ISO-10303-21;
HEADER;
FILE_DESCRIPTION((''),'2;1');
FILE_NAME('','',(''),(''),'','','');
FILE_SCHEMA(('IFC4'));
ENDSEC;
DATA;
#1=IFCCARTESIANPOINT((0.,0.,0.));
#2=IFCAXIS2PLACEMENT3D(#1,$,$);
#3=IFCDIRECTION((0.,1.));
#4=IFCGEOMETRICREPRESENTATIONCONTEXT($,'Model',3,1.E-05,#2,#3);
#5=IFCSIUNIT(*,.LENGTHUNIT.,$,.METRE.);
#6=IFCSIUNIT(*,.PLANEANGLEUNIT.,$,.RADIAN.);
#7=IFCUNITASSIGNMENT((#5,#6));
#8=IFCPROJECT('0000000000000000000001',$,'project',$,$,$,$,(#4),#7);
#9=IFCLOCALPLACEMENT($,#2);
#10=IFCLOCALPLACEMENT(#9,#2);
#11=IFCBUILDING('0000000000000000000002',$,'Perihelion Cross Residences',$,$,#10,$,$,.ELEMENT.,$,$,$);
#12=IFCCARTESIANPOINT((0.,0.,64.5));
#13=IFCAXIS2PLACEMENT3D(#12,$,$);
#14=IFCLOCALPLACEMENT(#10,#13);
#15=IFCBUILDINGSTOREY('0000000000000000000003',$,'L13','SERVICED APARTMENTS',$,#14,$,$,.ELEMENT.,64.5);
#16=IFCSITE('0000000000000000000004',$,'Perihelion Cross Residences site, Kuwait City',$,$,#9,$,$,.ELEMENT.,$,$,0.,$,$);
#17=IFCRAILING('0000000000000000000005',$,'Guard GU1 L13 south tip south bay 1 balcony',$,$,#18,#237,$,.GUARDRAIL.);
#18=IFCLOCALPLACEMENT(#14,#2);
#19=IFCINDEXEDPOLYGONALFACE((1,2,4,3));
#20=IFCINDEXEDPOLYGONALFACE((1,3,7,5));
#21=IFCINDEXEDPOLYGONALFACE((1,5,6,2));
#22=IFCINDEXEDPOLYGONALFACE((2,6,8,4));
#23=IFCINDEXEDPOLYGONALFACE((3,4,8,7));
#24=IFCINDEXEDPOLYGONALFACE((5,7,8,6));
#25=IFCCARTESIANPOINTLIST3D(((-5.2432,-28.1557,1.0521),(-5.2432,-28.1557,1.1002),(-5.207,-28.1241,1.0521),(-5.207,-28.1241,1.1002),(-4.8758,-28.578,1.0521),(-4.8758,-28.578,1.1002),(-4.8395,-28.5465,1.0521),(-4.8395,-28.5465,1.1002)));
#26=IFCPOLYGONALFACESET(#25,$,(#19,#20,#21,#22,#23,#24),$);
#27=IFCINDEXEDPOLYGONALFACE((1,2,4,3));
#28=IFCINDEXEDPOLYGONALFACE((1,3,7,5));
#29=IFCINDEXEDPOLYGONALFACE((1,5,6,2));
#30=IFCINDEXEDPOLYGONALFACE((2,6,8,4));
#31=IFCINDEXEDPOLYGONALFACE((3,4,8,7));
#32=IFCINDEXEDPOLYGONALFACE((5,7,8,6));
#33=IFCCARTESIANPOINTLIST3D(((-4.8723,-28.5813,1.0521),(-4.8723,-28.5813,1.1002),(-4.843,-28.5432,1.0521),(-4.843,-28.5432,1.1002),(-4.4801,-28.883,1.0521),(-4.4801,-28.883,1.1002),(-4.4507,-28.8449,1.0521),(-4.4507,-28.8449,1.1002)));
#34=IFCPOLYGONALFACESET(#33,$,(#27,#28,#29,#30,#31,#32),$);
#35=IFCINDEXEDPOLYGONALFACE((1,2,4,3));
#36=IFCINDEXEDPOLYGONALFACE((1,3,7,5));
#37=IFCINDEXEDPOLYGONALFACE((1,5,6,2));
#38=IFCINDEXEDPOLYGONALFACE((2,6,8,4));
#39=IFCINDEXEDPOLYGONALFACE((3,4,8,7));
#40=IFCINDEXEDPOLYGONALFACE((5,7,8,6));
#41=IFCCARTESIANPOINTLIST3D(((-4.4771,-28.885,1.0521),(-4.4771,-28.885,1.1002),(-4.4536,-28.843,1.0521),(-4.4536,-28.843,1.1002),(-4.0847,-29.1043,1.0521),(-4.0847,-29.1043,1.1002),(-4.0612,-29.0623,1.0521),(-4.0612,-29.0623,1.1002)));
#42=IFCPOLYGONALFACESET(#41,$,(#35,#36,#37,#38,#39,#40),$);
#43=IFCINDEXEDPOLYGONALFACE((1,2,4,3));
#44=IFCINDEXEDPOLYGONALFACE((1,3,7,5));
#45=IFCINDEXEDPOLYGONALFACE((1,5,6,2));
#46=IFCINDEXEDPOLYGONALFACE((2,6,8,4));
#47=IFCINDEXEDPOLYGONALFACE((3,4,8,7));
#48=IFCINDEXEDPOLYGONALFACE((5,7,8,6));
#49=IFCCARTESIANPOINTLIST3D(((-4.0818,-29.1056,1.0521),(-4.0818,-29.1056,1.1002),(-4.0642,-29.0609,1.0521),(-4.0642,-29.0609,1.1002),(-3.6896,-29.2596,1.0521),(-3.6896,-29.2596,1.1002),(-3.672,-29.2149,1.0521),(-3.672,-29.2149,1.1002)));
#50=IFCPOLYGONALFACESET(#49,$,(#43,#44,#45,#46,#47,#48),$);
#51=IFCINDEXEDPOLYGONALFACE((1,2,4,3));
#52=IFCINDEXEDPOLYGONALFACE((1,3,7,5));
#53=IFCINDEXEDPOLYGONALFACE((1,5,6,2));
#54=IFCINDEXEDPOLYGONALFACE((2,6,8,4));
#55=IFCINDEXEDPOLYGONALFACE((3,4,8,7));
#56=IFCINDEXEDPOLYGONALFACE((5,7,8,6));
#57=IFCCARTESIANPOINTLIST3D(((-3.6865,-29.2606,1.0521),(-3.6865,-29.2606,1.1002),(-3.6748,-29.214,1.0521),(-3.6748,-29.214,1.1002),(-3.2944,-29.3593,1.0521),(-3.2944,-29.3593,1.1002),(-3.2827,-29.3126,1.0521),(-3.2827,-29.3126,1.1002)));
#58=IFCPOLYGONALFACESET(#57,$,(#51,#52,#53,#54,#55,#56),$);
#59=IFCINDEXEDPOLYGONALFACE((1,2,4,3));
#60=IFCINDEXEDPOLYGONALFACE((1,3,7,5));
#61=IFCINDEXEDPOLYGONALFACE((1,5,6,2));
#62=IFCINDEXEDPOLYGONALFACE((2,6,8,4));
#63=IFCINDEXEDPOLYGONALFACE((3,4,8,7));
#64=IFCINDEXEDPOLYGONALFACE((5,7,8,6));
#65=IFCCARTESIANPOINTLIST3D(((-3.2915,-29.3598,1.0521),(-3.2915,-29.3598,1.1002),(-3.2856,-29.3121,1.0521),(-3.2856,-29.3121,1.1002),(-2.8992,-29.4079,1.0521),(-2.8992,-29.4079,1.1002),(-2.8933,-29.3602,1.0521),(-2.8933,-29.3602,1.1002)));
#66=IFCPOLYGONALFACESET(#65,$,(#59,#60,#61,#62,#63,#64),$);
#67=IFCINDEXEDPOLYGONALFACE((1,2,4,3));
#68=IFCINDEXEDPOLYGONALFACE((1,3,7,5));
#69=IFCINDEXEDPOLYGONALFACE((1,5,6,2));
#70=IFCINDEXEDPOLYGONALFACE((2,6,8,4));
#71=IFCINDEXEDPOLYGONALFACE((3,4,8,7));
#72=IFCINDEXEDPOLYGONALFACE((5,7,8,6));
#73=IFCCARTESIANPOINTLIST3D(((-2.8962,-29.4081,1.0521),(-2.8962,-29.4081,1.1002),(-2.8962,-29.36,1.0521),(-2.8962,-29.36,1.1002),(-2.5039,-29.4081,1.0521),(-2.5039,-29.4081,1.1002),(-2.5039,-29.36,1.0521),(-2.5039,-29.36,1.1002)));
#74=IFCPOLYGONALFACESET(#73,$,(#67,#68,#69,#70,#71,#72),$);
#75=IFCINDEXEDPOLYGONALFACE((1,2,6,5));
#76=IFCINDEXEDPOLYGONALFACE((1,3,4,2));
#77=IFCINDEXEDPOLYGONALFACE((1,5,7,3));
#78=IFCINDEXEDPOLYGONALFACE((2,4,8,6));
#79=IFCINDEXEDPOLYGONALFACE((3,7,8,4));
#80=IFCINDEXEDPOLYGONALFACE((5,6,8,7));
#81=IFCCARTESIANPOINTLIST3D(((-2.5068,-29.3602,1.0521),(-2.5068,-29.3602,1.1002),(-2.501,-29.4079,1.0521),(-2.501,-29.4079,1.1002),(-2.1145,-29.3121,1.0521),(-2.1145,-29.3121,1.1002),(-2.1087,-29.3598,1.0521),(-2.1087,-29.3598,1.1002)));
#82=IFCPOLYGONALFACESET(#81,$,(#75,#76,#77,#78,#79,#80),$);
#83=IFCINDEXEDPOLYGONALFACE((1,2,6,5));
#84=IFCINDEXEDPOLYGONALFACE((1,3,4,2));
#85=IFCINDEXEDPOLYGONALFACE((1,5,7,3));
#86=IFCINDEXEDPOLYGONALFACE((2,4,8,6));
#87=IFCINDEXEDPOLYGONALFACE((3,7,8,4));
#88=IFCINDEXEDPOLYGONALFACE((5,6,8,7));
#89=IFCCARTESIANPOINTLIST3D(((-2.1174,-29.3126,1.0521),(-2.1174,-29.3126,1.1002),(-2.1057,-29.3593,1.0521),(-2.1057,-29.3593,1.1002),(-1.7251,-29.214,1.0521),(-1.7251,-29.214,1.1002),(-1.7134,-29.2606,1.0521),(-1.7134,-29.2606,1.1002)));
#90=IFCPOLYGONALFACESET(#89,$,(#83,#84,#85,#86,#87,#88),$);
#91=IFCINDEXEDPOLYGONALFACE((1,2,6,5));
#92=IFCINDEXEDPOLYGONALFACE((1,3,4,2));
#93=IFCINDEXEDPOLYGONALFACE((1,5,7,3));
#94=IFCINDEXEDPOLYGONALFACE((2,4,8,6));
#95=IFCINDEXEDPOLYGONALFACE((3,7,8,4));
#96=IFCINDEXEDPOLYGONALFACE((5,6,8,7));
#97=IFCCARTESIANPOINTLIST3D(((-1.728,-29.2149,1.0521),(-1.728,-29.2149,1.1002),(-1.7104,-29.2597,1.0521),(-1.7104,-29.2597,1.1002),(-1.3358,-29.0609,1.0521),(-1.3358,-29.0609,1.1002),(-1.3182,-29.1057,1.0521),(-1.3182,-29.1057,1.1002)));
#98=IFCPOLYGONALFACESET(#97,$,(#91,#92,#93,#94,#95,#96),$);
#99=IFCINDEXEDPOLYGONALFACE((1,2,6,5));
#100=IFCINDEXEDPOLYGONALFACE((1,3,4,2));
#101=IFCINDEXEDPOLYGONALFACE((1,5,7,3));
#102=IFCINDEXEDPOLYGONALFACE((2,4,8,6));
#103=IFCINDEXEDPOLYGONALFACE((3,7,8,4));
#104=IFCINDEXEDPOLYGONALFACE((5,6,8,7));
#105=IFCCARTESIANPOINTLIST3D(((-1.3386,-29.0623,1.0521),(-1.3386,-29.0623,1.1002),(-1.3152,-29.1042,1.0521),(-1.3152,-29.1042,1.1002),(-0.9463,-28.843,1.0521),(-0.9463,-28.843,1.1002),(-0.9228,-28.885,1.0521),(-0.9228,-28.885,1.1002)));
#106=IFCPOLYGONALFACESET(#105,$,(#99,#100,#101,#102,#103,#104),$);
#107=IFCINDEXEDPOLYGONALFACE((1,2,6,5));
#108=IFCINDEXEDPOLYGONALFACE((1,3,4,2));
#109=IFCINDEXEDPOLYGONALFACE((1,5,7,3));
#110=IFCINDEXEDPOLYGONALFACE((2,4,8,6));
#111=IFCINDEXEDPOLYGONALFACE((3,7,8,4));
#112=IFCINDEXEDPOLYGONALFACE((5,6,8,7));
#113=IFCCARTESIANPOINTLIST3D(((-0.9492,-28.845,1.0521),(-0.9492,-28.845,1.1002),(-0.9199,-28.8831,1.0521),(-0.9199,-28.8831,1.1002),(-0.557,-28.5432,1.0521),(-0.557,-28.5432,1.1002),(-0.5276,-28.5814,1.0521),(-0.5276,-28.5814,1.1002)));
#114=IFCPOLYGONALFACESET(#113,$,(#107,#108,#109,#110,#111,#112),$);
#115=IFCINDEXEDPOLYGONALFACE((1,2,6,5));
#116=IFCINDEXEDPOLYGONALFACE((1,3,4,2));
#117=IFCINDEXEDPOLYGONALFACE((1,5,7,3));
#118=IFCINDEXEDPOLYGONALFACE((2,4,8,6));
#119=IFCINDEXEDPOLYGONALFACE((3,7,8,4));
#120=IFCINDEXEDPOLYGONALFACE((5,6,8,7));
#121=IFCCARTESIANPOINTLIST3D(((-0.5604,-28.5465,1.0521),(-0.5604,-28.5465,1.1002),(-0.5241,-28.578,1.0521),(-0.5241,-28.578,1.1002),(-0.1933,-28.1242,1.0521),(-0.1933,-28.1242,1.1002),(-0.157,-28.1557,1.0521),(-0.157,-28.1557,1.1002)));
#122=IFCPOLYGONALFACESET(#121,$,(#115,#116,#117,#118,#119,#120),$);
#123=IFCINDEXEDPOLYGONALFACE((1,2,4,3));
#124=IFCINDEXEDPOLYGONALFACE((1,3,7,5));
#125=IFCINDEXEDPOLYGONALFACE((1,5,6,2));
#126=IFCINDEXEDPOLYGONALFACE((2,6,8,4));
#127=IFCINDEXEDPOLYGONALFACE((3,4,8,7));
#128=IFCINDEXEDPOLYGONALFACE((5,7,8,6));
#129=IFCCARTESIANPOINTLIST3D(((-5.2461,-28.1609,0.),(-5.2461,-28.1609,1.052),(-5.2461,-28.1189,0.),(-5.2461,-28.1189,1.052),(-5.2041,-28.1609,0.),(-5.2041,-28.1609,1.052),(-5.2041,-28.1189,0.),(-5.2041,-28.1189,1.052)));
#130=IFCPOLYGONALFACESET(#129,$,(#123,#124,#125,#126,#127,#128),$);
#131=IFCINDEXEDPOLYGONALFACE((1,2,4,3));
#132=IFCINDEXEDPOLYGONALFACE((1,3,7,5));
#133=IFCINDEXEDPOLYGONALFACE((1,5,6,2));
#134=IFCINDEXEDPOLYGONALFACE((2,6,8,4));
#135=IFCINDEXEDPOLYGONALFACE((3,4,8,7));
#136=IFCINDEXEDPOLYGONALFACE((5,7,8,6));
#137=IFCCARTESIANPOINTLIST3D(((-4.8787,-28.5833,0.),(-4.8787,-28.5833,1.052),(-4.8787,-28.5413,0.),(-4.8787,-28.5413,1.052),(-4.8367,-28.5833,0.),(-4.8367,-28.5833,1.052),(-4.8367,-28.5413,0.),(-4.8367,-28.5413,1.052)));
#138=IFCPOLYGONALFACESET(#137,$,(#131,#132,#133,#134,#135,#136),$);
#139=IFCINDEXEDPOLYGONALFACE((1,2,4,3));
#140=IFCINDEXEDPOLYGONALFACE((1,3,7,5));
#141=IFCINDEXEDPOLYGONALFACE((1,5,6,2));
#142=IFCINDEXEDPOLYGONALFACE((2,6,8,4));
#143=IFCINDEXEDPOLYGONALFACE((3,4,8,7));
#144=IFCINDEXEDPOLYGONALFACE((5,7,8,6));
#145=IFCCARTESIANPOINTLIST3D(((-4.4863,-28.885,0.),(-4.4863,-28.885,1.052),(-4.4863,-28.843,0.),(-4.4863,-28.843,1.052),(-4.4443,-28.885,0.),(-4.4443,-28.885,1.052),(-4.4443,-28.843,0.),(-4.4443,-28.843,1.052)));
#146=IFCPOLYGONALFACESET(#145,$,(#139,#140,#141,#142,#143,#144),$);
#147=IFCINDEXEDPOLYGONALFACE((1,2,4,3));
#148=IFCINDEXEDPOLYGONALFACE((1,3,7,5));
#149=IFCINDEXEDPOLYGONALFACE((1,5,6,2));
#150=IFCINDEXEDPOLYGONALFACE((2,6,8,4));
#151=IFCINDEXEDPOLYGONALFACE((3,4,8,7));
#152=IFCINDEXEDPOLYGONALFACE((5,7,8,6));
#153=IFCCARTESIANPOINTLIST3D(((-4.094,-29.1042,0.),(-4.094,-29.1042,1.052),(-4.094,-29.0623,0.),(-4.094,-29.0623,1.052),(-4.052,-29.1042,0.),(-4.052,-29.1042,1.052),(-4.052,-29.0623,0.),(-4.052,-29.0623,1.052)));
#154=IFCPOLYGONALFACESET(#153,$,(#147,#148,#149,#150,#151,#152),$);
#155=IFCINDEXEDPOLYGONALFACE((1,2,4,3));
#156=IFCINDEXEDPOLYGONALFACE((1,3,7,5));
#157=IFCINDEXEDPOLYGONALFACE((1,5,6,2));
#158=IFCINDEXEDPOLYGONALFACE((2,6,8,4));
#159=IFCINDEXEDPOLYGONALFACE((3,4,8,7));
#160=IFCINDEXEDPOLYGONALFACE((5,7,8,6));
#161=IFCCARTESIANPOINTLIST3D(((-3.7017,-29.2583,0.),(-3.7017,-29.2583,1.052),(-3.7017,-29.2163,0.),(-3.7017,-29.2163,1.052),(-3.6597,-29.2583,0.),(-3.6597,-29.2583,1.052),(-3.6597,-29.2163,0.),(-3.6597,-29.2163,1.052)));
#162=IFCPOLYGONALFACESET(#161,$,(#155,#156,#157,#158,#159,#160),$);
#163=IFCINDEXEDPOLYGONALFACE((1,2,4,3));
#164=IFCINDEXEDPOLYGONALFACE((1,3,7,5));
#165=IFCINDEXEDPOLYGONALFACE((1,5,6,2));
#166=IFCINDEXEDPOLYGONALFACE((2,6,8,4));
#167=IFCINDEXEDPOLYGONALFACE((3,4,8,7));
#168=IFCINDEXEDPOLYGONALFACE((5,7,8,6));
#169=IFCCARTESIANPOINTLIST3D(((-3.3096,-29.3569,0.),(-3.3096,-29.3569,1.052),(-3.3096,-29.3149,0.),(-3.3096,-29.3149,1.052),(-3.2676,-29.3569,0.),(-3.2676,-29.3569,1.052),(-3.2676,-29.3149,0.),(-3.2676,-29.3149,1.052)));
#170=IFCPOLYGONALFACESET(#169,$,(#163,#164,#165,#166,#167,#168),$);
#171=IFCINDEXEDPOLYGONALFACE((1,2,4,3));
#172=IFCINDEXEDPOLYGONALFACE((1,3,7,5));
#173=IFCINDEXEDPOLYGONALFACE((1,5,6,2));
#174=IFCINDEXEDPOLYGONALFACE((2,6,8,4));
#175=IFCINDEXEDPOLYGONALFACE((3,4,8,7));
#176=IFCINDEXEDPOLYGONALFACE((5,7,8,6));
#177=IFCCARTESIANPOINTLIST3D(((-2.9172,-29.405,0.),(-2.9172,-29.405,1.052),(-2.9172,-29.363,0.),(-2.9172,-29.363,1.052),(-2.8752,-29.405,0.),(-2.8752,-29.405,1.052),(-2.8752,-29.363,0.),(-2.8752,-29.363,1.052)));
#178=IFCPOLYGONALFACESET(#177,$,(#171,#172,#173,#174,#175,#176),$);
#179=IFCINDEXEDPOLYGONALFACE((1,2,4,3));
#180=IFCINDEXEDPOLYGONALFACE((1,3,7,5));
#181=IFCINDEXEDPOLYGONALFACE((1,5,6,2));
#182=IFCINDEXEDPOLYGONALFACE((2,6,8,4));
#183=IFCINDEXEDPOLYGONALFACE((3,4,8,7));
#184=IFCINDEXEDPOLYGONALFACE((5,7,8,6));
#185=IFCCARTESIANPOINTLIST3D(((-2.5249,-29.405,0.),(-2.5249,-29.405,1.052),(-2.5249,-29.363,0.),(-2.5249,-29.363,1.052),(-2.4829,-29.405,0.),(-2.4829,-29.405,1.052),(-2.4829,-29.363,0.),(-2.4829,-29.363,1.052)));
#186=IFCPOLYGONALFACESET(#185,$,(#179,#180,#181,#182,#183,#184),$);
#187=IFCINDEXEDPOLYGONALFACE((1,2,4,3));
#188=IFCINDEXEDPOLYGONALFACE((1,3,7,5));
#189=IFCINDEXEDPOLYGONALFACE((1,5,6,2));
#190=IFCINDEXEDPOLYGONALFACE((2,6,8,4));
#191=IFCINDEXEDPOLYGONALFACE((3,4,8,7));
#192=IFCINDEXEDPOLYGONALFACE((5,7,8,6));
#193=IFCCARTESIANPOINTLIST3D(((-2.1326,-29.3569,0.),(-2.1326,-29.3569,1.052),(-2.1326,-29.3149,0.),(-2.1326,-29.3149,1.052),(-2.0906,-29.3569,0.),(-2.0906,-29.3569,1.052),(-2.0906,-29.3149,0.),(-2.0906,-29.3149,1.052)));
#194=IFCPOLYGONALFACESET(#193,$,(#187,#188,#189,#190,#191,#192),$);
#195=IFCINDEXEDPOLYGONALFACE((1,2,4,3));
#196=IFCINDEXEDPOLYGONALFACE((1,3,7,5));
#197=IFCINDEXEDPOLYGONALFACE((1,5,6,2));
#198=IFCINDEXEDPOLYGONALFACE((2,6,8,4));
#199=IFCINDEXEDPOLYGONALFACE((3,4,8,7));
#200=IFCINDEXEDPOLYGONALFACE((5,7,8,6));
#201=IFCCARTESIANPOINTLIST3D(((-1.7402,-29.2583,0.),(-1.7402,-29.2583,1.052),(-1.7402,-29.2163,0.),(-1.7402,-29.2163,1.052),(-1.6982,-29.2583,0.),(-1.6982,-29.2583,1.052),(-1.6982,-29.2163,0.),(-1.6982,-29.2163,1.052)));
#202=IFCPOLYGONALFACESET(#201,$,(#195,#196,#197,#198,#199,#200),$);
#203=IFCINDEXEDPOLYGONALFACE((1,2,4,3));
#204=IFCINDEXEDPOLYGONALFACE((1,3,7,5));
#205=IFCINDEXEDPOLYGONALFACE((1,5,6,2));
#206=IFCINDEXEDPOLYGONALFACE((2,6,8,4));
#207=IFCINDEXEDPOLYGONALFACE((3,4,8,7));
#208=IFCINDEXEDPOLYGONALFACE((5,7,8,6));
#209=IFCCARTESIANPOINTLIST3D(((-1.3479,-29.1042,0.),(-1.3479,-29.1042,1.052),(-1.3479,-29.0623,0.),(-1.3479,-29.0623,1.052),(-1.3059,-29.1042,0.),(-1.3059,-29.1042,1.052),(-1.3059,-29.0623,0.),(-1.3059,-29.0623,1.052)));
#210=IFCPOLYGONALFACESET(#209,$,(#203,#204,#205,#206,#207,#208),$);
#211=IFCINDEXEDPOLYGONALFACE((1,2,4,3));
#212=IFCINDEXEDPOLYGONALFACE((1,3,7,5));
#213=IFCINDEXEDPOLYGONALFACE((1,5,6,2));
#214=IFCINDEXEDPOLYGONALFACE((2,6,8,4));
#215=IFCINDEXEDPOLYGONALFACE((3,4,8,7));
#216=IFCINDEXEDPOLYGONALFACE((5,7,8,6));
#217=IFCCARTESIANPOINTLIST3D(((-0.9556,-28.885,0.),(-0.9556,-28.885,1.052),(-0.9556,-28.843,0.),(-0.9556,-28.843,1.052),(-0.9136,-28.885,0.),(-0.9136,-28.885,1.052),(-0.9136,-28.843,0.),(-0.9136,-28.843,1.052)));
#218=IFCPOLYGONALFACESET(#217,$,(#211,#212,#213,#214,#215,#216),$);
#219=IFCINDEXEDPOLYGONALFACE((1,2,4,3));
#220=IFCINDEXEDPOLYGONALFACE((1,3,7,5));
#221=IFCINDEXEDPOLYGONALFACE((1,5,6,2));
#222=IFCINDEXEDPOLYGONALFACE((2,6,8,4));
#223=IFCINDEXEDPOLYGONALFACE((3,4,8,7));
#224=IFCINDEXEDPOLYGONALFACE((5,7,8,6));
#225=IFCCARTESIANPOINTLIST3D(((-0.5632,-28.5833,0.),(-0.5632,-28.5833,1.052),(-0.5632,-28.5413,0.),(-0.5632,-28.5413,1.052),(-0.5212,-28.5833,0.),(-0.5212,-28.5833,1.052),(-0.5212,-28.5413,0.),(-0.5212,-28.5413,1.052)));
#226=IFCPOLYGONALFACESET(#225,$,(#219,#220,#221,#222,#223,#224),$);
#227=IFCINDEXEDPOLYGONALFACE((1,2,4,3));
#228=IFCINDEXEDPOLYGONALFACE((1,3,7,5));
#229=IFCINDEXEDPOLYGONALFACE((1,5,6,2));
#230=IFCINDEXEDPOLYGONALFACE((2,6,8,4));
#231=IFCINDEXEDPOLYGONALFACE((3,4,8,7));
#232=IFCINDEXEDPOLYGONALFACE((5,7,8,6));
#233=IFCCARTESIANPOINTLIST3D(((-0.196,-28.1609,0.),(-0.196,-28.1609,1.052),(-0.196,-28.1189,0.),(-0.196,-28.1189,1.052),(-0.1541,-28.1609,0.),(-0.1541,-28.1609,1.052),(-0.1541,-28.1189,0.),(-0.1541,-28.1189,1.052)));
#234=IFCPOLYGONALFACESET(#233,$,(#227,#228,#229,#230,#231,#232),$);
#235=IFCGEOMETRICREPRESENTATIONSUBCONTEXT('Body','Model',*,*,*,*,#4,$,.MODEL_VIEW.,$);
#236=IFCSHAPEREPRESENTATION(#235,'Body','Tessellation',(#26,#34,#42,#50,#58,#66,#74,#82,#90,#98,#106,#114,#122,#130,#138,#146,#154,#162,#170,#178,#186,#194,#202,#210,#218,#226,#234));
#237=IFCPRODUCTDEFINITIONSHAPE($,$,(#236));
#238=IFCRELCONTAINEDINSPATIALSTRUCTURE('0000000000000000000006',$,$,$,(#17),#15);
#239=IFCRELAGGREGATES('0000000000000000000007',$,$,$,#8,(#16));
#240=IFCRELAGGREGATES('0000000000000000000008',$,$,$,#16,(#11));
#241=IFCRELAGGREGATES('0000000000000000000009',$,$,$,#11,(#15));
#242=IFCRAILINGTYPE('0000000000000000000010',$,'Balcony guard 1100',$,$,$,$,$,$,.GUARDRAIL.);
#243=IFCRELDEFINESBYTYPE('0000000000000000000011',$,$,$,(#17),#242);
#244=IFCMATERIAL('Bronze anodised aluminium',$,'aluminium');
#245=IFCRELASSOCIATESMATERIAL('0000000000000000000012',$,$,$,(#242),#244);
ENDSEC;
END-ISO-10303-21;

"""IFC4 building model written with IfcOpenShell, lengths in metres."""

from ifc_helpers import new_model, si_unit, direction, frame, origin, origin_2d, place, context, subcontext, project, spatial, rectangle, extrude, material, type_object, element, save


model = new_model("IFC4")

# Units and contexts
model_context = context("Model", 3, precision=1e-05, world=origin(), true_north=direction((0.0, 1.0)))
body_context = subcontext(model_context, "Body", "Model", "MODEL_VIEW")
ifc_project = project(units=[si_unit("LENGTHUNIT", "METRE"), si_unit("PLANEANGLEUNIT", "RADIAN")], contexts=[model_context])

# Site, building, storey
site_placement = place(None, origin())
site = spatial("IfcSite", under=ifc_project, at=site_placement, Name="Perihelion Cross Residences site, Kuwait City", CompositionType="ELEMENT", RefElevation=0.0)
building_placement = place(site_placement, origin())
building = spatial("IfcBuilding", under=site, at=building_placement, Name="Perihelion Cross Residences", CompositionType="ELEMENT")
storey_placement = place(building_placement, frame((0.0, 0.0, 64.5)))
storey = spatial("IfcBuildingStorey", under=building, at=storey_placement, Name="L13", Description="SERVICED APARTMENTS", CompositionType="ELEMENT", Elevation=64.5)

# Railing
ifc_material_1 = material(Name="Bronze anodised aluminium", Category="aluminium")
railing_type = type_object("IfcRailingType", Name="Balcony guard 1100", PredefinedType="GUARDRAIL", material=ifc_material_1)
railing_placement = place(storey_placement, frame((-5.2251, -28.1399, 0.0)))
element("IfcRailing", 1, at=railing_placement, inside=storey, type_object=railing_type, Name="Guard GU1 L13 south tip south bay 1 balcony", PredefinedType="GUARDRAIL", context=body_context, shape_type="SweptSolid", body=[
    extrude(rectangle(XDim=0.0481, YDim=0.0481, at=origin_2d()), frame((0.0, 0.0, 1.0762), z_axis=(0.656341, -0.754465, 0.0), x_axis=(0.754465, 0.656341, 0.0)), (0.0, 0.0, 1.0), 0.5598),
    extrude(rectangle(XDim=0.0481, YDim=0.0481, at=origin_2d()), frame((0.3674, -0.4224, 1.0762), z_axis=(0.792661, -0.609663, 0.0), x_axis=(0.609663, 0.792661, 0.0)), (0.0, 0.0, 1.0), 0.4949),
    extrude(rectangle(XDim=0.0481, YDim=0.0481, at=origin_2d()), frame((0.7598, -0.7241, 1.0762), z_axis=(0.87295, -0.487809, 0.0), x_axis=(0.487809, 0.87295, 0.0)), (0.0, 0.0, 1.0), 0.4495),
    extrude(rectangle(XDim=0.0481, YDim=0.0481, at=origin_2d()), frame((1.1521, -0.9434, 1.0762), z_axis=(0.930815, -0.365491, 0.0), x_axis=(0.365491, 0.930815, 0.0)), (0.0, 0.0, 1.0), 0.4214),
    extrude(rectangle(XDim=0.0481, YDim=0.0481, at=origin_2d()), frame((1.5444, -1.0974, 1.0762), z_axis=(0.969786, -0.243956, 0.0), x_axis=(0.243956, 0.969786, 0.0)), (0.0, 0.0, 1.0), 0.4043),
    extrude(rectangle(XDim=0.0481, YDim=0.0481, at=origin_2d()), frame((1.9365, -1.196, 1.0762), z_axis=(0.99257, -0.121678, 0.0), x_axis=(0.121678, 0.99257, 0.0)), (0.0, 0.0, 1.0), 0.3953),
    extrude(rectangle(XDim=0.0481, YDim=0.0481, at=origin_2d()), frame((2.3289, -1.2441, 1.0762), z_axis=(1.0, 0.0, 0.0), x_axis=(0.0, 1.0, 0.0)), (0.0, 0.0, 1.0), 0.3923),
    extrude(rectangle(XDim=0.0481, YDim=0.0481, at=origin_2d()), frame((2.7212, -1.2441, 1.0762), z_axis=(0.99257, 0.121678, 0.0), x_axis=(-0.121678, 0.99257, 0.0)), (0.0, 0.0, 1.0), 0.3953),
    extrude(rectangle(XDim=0.0481, YDim=0.0481, at=origin_2d()), frame((3.1135, -1.196, 1.0762), z_axis=(0.969822, 0.243813, 0.0), x_axis=(-0.243813, 0.969822, 0.0)), (0.0, 0.0, 1.0), 0.4045),
    extrude(rectangle(XDim=0.0481, YDim=0.0481, at=origin_2d()), frame((3.5059, -1.0974, 1.0762), z_axis=(0.930815, 0.365491, 0.0), x_axis=(-0.365491, 0.930815, 0.0)), (0.0, 0.0, 1.0), 0.4214),
    extrude(rectangle(XDim=0.0481, YDim=0.0481, at=origin_2d()), frame((3.8982, -0.9434, 1.0762), z_axis=(0.87295, 0.487809, 0.0), x_axis=(-0.487809, 0.87295, 0.0)), (0.0, 0.0, 1.0), 0.4495),
    extrude(rectangle(XDim=0.0481, YDim=0.0481, at=origin_2d()), frame((4.2905, -0.7241, 1.0762), z_axis=(0.792661, 0.609663, 0.0), x_axis=(-0.609663, 0.792661, 0.0)), (0.0, 0.0, 1.0), 0.4949),
    extrude(rectangle(XDim=0.0481, YDim=0.0481, at=origin_2d()), frame((4.6829, -0.4224, 1.0762), z_axis=(0.656092, 0.754681, 0.0), x_axis=(-0.754681, 0.656092, 0.0)), (0.0, 0.0, 1.0), 0.5596),
    extrude(rectangle(XDim=0.042, YDim=0.042, at=origin_2d()), origin(), (0.0, 0.0, 1.0), 1.052),
    extrude(rectangle(XDim=0.042, YDim=0.042, at=origin_2d()), frame((0.3674, -0.4224, 0.0)), (0.0, 0.0, 1.0), 1.052),
    extrude(rectangle(XDim=0.042, YDim=0.042, at=origin_2d()), frame((0.7598, -0.7241, 0.0)), (0.0, 0.0, 1.0), 1.052),
    extrude(rectangle(XDim=0.042, YDim=0.042, at=origin_2d()), frame((1.1521, -0.9434, 0.0)), (0.0, 0.0, 1.0), 1.052),
    extrude(rectangle(XDim=0.042, YDim=0.042, at=origin_2d()), frame((1.5444, -1.0974, 0.0)), (0.0, 0.0, 1.0), 1.052),
    extrude(rectangle(XDim=0.042, YDim=0.042, at=origin_2d()), frame((1.9365, -1.196, 0.0)), (0.0, 0.0, 1.0), 1.052),
    extrude(rectangle(XDim=0.042, YDim=0.042, at=origin_2d()), frame((2.3289, -1.2441, 0.0)), (0.0, 0.0, 1.0), 1.052),
    extrude(rectangle(XDim=0.042, YDim=0.042, at=origin_2d()), frame((2.7212, -1.2441, 0.0)), (0.0, 0.0, 1.0), 1.052),
    extrude(rectangle(XDim=0.042, YDim=0.042, at=origin_2d()), frame((3.1135, -1.196, 0.0)), (0.0, 0.0, 1.0), 1.052),
    extrude(rectangle(XDim=0.042, YDim=0.042, at=origin_2d()), frame((3.5059, -1.0974, 0.0)), (0.0, 0.0, 1.0), 1.052),
    extrude(rectangle(XDim=0.042, YDim=0.042, at=origin_2d()), frame((3.8982, -0.9434, 0.0)), (0.0, 0.0, 1.0), 1.052),
    extrude(rectangle(XDim=0.042, YDim=0.042, at=origin_2d()), frame((4.2905, -0.7241, 0.0)), (0.0, 0.0, 1.0), 1.052),
    extrude(rectangle(XDim=0.042, YDim=0.042, at=origin_2d()), frame((4.6829, -0.4224, 0.0)), (0.0, 0.0, 1.0), 1.052),
    extrude(rectangle(XDim=0.042, YDim=0.042, at=origin_2d()), frame((5.05, 0.0, 0.0)), (0.0, 0.0, 1.0), 1.052),
])

save(model, "model.ifc")
